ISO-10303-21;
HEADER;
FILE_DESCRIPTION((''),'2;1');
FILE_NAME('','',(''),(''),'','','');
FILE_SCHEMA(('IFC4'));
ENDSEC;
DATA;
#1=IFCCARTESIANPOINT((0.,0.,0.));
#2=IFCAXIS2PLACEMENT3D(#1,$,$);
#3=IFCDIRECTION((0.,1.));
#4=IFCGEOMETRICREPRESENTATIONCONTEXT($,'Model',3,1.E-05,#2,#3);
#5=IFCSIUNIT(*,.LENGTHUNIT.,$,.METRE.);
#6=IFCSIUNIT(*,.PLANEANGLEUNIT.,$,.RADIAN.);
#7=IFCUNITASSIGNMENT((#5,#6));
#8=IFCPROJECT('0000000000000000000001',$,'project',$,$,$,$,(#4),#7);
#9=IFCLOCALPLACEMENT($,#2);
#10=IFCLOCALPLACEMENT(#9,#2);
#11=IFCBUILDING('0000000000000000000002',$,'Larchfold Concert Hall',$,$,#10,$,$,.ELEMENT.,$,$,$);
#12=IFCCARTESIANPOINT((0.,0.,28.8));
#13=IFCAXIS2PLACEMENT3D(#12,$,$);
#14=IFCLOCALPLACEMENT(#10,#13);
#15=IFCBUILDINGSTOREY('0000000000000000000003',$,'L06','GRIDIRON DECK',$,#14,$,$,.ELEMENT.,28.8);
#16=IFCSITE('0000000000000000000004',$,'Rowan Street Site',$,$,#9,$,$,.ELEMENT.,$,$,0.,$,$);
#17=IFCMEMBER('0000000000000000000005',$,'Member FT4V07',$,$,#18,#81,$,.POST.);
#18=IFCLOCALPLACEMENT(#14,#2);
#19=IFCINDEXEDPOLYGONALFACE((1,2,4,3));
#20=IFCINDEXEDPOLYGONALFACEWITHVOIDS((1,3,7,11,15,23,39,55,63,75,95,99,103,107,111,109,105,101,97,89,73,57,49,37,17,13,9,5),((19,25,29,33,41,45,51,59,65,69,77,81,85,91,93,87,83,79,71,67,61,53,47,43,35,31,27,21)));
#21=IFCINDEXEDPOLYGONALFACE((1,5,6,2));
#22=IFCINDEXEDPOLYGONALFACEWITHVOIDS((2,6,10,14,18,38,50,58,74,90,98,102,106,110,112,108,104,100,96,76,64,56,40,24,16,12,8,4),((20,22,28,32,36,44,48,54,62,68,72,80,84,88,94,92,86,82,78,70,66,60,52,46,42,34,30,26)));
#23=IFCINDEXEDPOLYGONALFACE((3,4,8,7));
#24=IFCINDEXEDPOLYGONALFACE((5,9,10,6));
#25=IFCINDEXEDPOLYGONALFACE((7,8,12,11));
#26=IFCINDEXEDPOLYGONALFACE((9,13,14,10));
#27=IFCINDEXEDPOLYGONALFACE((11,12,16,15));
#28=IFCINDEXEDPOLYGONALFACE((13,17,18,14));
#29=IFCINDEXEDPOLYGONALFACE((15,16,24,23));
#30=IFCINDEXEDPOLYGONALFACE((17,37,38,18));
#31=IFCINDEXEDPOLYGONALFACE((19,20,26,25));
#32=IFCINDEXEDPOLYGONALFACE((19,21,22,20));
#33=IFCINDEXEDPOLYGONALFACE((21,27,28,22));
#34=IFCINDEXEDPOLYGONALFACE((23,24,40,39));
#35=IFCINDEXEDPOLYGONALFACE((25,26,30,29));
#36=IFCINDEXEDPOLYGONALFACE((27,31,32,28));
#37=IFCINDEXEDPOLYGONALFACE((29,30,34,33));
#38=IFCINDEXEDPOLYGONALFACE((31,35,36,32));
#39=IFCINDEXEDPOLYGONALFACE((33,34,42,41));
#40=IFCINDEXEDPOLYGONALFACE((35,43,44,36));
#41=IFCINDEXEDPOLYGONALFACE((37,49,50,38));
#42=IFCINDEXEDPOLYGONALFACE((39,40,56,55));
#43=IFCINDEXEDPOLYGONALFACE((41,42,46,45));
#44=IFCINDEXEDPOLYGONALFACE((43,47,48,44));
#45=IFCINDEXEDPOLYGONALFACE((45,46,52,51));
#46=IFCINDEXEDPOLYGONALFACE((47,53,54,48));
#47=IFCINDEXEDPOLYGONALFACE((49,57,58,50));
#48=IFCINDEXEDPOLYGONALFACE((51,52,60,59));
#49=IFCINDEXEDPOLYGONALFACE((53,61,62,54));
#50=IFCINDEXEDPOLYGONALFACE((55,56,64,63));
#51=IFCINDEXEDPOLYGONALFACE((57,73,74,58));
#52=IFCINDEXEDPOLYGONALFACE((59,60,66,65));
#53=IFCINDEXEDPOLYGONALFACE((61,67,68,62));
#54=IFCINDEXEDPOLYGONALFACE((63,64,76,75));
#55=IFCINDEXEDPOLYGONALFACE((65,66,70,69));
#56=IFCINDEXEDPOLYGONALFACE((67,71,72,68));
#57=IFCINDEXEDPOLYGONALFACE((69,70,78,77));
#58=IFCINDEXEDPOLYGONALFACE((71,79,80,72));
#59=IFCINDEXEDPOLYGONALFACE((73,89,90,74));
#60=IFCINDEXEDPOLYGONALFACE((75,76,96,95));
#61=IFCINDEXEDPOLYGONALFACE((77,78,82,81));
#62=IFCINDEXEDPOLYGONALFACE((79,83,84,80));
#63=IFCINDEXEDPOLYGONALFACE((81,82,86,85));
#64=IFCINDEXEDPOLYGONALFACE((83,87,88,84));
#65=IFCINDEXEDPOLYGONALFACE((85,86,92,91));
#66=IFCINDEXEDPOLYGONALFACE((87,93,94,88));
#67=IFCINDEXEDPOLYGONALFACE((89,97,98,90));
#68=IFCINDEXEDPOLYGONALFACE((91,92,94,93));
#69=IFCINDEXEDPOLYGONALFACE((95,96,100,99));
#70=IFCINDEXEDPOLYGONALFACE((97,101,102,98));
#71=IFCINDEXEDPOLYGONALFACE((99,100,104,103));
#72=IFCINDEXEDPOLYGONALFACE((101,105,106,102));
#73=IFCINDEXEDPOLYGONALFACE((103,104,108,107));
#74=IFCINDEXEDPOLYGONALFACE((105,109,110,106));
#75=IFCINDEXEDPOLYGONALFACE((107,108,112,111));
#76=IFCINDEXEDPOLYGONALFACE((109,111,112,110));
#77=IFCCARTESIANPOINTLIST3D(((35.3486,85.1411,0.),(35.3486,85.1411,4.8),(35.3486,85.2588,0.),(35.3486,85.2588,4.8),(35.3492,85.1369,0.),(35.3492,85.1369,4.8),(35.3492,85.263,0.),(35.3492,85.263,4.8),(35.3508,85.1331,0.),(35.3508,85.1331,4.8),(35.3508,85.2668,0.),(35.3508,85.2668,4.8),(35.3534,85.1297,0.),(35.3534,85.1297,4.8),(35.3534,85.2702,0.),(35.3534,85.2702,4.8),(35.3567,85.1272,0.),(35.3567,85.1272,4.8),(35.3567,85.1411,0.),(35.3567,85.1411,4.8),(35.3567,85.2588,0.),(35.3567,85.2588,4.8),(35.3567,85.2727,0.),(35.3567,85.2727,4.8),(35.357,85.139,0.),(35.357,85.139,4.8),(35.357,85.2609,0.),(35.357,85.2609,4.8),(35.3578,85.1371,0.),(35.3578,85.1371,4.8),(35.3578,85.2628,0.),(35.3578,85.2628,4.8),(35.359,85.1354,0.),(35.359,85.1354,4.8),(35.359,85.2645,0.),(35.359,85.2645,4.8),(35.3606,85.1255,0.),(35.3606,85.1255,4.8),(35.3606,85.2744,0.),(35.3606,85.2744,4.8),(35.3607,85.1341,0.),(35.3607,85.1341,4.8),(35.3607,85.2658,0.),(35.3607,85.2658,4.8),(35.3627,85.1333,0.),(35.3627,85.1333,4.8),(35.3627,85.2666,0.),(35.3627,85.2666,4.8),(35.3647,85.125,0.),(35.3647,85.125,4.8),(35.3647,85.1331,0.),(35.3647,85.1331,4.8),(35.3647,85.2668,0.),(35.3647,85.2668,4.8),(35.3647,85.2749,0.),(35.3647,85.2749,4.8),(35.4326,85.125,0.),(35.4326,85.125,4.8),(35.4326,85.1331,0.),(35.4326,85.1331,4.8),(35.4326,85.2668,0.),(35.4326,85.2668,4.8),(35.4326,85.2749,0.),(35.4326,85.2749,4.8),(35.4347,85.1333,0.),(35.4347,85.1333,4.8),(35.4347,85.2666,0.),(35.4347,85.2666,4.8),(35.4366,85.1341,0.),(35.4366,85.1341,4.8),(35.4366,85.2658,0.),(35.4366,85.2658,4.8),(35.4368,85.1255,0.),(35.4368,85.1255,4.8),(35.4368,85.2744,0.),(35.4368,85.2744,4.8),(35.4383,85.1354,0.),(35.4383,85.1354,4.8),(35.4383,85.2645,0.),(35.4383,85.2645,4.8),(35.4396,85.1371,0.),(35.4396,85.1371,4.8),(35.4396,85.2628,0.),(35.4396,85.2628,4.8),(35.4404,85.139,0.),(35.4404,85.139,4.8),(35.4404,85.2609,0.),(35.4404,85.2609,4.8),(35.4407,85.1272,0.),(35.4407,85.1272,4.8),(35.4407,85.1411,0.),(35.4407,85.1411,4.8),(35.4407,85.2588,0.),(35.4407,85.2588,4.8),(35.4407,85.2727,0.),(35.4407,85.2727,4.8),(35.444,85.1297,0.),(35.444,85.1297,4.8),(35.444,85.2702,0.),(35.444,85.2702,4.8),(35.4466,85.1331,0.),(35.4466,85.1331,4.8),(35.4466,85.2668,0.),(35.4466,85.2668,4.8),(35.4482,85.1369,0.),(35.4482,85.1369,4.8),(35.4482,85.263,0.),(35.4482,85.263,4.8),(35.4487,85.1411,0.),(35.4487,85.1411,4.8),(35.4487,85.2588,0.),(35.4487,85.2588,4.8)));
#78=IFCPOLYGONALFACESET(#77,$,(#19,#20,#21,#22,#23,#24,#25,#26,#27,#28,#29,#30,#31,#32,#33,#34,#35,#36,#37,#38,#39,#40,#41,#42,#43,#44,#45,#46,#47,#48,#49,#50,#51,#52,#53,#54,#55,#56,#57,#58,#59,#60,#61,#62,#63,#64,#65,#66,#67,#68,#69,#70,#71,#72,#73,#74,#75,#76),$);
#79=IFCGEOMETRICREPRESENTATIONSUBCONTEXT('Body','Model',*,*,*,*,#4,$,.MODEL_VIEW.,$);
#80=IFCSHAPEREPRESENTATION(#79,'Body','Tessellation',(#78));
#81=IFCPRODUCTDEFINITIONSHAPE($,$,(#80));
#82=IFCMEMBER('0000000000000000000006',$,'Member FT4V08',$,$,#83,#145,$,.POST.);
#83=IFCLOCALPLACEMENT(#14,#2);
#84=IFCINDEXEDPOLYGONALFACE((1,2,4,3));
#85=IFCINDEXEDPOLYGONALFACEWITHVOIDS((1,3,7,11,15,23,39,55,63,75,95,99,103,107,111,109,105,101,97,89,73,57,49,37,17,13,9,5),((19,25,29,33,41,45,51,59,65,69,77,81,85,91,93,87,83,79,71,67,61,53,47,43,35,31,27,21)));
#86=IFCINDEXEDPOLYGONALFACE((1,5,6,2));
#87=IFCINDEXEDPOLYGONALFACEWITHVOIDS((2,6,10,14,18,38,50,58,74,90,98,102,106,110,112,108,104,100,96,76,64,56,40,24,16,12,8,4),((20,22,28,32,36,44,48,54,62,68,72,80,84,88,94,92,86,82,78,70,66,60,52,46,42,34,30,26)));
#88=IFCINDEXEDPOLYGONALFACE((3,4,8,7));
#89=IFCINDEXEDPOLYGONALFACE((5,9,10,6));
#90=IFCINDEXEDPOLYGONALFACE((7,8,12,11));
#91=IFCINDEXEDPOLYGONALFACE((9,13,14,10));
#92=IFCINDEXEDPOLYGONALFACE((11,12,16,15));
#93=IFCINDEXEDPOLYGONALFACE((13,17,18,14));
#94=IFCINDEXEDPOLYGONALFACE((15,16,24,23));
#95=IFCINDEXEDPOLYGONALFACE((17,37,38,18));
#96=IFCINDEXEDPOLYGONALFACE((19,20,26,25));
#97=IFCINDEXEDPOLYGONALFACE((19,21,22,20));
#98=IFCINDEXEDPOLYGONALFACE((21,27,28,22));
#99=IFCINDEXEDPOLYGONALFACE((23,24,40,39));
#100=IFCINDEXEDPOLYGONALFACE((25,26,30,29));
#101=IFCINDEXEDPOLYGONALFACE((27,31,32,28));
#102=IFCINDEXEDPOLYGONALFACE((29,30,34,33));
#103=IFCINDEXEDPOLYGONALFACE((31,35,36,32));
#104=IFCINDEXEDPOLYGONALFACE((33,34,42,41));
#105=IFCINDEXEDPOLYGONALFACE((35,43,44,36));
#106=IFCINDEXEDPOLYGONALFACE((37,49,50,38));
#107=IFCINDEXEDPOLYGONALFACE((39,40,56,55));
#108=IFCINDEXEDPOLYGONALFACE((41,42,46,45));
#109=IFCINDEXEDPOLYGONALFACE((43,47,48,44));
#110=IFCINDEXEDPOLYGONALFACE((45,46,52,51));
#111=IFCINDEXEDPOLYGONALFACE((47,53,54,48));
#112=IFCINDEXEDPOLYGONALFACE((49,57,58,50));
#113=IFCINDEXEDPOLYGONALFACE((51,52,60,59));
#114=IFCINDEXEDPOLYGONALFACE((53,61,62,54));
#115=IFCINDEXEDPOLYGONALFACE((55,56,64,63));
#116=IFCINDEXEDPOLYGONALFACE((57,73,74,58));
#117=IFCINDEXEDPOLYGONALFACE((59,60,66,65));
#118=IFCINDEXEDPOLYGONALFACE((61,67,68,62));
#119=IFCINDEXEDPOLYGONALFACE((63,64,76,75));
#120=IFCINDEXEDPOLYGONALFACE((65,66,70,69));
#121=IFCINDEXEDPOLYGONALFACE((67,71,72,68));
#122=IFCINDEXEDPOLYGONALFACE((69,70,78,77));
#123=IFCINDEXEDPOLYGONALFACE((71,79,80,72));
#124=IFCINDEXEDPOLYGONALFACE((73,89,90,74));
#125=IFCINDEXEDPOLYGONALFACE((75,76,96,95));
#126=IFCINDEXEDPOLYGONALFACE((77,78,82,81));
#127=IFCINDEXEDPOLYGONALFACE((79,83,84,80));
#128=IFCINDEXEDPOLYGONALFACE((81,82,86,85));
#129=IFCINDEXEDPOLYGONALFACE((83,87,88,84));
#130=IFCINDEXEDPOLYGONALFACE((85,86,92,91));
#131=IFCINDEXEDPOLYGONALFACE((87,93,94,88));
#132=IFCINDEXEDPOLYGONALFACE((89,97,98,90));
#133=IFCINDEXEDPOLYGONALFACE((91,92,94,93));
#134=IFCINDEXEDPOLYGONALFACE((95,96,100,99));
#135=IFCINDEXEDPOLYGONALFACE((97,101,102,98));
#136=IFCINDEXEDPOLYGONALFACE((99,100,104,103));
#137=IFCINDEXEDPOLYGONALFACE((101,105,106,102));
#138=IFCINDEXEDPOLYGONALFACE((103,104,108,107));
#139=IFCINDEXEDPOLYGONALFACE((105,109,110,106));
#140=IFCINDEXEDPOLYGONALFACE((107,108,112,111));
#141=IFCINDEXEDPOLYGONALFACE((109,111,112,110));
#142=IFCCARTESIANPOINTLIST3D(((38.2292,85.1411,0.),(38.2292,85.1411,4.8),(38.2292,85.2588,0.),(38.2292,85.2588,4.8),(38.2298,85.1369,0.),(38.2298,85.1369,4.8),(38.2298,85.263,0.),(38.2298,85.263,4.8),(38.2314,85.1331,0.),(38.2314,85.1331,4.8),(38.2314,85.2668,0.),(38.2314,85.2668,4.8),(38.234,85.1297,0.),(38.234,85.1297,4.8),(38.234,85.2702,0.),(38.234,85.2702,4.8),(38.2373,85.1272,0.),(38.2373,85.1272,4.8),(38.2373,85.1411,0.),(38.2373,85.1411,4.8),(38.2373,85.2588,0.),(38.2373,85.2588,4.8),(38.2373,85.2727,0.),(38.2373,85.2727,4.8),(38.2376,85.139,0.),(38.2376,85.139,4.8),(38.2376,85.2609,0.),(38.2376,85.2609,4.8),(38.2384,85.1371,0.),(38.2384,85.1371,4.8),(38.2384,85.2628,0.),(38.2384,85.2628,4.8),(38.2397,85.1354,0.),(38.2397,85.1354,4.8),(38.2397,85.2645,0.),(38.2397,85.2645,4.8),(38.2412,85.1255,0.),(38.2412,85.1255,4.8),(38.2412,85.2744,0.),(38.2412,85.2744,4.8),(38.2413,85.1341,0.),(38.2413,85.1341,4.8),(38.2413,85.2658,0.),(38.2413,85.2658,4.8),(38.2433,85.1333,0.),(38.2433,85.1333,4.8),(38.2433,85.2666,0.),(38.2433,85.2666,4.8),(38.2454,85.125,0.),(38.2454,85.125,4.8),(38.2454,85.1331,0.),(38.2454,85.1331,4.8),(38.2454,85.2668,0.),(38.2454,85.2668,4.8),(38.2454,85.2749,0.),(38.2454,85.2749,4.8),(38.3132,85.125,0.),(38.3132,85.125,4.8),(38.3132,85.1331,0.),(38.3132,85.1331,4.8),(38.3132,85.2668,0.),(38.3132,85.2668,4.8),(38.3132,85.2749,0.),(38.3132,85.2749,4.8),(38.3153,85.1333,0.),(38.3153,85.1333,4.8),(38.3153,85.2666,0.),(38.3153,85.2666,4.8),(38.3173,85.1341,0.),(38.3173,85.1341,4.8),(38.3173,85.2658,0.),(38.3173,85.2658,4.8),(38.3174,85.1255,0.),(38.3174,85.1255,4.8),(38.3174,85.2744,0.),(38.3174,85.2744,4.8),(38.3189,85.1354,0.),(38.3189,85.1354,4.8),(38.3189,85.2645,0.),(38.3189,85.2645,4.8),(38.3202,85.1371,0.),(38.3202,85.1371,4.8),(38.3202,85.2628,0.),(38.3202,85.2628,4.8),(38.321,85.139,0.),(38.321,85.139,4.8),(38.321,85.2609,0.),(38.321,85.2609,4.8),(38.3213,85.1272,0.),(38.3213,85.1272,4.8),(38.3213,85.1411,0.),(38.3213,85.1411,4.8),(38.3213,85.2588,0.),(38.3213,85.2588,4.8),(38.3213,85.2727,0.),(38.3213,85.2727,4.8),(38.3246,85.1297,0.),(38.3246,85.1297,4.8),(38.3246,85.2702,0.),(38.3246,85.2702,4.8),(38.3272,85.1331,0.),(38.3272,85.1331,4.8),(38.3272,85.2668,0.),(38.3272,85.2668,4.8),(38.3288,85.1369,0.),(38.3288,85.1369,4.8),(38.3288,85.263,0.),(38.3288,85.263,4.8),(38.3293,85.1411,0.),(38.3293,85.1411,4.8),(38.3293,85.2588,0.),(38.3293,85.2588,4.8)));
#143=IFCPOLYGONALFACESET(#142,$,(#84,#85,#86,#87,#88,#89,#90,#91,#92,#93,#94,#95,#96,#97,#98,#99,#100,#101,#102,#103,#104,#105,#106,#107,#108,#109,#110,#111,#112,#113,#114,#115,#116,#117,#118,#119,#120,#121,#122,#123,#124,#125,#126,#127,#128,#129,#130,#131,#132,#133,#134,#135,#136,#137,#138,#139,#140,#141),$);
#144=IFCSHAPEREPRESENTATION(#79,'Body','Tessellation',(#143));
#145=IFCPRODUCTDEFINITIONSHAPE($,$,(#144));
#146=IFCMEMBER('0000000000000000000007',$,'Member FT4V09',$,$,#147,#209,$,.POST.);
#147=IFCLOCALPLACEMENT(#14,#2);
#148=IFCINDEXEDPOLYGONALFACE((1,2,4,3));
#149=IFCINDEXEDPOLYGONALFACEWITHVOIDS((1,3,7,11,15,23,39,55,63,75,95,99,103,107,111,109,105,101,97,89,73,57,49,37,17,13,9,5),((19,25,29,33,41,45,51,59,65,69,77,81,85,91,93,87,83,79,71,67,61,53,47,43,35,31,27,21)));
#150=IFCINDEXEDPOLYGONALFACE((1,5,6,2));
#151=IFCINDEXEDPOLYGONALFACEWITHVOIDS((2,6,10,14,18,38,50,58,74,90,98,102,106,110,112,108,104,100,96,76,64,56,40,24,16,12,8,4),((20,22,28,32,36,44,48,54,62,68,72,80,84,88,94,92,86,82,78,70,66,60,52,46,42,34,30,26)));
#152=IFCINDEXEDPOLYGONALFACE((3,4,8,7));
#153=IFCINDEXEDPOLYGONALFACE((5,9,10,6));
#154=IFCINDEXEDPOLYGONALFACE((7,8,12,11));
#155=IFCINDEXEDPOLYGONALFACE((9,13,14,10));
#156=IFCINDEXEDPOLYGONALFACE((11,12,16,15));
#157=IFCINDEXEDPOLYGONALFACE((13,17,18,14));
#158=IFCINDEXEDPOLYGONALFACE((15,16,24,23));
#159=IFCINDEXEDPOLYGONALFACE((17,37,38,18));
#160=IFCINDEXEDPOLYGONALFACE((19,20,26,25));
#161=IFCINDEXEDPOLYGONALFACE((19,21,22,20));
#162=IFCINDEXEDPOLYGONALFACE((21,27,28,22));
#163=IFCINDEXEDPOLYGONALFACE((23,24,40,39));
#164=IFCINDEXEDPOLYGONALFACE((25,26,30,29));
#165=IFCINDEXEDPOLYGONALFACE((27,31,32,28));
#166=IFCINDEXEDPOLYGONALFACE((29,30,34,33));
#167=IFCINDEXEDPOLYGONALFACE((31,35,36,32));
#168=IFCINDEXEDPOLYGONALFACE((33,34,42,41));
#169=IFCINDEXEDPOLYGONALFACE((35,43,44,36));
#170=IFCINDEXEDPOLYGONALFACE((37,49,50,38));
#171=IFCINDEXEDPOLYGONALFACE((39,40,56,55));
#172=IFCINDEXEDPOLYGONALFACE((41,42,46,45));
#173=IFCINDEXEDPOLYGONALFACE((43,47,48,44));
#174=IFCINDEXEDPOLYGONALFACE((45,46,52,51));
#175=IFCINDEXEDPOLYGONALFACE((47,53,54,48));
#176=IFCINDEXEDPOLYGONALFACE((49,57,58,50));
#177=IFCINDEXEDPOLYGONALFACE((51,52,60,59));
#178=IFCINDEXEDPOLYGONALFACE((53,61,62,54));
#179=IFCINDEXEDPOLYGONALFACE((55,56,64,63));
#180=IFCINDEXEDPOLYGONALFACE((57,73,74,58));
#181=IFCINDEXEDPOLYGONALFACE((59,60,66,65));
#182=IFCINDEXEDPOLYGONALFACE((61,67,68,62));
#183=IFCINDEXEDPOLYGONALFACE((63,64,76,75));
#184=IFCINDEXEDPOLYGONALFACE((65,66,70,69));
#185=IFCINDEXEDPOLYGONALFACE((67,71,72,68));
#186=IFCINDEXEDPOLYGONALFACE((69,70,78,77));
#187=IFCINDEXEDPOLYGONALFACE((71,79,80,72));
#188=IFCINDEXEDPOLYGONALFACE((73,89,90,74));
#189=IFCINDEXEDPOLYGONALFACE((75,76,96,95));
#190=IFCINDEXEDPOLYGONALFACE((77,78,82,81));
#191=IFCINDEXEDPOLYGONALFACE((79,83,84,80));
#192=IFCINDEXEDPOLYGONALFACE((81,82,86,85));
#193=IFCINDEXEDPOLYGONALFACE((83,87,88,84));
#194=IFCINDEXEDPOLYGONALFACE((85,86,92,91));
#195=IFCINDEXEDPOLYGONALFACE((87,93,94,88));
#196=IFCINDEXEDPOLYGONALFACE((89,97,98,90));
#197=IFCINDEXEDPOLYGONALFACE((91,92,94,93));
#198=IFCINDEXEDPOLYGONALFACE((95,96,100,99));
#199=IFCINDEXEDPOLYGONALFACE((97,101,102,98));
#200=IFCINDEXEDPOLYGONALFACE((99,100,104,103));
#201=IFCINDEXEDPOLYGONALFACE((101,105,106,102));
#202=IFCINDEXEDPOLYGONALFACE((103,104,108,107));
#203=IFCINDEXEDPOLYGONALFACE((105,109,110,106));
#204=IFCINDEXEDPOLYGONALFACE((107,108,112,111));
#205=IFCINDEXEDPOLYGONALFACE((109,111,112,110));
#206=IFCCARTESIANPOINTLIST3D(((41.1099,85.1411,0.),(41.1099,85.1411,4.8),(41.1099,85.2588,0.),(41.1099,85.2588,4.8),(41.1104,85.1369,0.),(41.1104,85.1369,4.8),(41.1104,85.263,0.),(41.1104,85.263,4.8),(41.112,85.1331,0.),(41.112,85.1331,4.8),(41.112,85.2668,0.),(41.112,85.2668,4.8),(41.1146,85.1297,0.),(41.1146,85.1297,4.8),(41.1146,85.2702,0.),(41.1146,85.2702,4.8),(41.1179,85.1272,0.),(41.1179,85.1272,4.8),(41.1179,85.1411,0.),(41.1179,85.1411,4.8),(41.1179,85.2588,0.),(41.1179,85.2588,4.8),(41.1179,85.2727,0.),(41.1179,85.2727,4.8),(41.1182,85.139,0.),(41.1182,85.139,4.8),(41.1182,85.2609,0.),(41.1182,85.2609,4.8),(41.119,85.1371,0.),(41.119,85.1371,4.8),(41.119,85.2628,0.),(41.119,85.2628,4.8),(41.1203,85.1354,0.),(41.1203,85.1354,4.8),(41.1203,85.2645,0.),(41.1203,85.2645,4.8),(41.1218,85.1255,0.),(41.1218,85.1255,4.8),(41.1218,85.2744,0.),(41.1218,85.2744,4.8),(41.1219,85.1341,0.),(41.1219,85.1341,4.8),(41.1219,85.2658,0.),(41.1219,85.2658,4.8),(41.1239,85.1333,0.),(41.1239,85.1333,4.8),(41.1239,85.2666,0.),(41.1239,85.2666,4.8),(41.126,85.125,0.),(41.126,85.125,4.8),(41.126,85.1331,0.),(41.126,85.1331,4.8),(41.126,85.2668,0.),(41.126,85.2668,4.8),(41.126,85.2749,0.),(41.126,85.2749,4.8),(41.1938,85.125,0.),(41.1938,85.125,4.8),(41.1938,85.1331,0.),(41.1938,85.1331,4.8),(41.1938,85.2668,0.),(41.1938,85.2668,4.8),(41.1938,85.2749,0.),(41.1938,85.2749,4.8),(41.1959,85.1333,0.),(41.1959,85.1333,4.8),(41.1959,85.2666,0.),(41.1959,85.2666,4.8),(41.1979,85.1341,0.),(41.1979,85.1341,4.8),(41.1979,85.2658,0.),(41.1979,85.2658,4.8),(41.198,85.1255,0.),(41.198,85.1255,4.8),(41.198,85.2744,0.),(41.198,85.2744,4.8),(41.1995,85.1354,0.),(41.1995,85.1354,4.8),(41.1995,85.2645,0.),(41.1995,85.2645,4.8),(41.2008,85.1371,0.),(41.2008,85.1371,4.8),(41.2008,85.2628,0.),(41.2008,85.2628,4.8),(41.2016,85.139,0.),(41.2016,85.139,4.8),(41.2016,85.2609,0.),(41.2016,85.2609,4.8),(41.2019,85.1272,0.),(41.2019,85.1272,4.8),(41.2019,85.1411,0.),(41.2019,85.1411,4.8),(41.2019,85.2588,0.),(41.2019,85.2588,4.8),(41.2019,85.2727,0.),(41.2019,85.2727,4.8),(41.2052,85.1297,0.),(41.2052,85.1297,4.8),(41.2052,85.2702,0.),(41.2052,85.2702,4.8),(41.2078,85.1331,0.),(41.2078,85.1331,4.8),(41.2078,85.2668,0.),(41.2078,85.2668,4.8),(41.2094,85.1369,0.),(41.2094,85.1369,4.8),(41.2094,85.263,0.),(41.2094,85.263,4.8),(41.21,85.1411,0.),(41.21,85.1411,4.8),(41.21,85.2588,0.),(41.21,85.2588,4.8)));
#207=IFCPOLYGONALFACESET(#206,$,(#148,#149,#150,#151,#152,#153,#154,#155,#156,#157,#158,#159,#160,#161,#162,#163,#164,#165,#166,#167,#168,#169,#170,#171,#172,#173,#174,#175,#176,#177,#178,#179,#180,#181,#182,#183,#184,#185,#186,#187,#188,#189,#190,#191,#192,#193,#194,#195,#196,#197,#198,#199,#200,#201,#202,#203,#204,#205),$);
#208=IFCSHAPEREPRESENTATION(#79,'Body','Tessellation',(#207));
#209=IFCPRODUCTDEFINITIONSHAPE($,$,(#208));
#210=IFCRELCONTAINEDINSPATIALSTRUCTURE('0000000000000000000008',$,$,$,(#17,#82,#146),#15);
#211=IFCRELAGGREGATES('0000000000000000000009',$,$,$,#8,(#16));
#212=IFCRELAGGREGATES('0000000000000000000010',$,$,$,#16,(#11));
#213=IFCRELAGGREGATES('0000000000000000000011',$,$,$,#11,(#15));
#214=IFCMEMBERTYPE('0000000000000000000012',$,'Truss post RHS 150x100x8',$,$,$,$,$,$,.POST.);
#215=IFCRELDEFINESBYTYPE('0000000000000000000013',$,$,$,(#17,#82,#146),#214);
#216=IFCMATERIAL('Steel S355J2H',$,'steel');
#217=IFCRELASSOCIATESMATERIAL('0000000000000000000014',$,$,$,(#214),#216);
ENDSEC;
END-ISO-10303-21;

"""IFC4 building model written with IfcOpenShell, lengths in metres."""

from ifc_helpers import new_model, si_unit, direction, frame, origin, origin_2d, place, context, subcontext, project, spatial, hollow_rectangle, extrude, material, material_profile, profile_set, type_object, element, save


model = new_model("IFC4")

# Units and contexts
model_context = context("Model", 3, precision=1e-05, world=origin(), true_north=direction((0.0, 1.0)))
body_context = subcontext(model_context, "Body", "Model", "MODEL_VIEW")
ifc_project = project(units=[si_unit("LENGTHUNIT", "METRE"), si_unit("PLANEANGLEUNIT", "RADIAN")], contexts=[model_context])

# Site, building, storey
site_placement = place(None, origin())
site = spatial("IfcSite", under=ifc_project, at=site_placement, Name="Rowan Street Site", CompositionType="ELEMENT", RefElevation=0.0)
building_placement = place(site_placement, origin())
building = spatial("IfcBuilding", under=site, at=building_placement, Name="Larchfold Concert Hall", CompositionType="ELEMENT")
storey_placement = place(building_placement, frame((0.0, 0.0, 28.8)))
storey = spatial("IfcBuildingStorey", under=building, at=storey_placement, Name="L06", Description="GRIDIRON DECK", CompositionType="ELEMENT", Elevation=28.8)

# Members
ifc_material_1 = material(Name="Steel S355J2H", Category="steel")
ifc_material_profile_1 = material_profile(ifc_material_1, hollow_rectangle(XDim=0.1001, YDim=0.1499, WallThickness=0.0081, InnerFilletRadius=0.0081, OuterFilletRadius=0.0161, at=origin_2d()))
ifc_profile_set_1 = profile_set([ifc_material_profile_1], Name="Steel S355J2H")
member_type_1 = type_object("IfcMemberType", Name="Truss post RHS 150x100x8", PredefinedType="POST", material=ifc_profile_set_1)
for number, where, z_axis, x_axis, name in (
    (1, (35.3987, 85.2, 4.8), (0.0, 0.0, -1.0), (1.0, 0.0, 0.0), "Member FT4V07"),
    (2, (38.2793, 85.2, 4.8), (0.0, 0.0, -1.0), (1.0, 0.0, 0.0), "Member FT4V08"),
    (3, (41.1599, 85.2, 4.8), (0.0, 0.0, -1.0), (1.0, 0.0, 0.0), "Member FT4V09"),
):
    element("IfcMember", number, at=place(storey_placement, frame(where, z_axis=z_axis, x_axis=x_axis)), inside=storey, type_object=member_type_1, Name=name, PredefinedType="POST", context=body_context, shape_type="SweptSolid", body=[
        extrude(hollow_rectangle(XDim=0.1001, YDim=0.1499, WallThickness=0.0081, InnerFilletRadius=0.0081, OuterFilletRadius=0.0161, at=origin_2d()), origin(), (0.0, 0.0, 1.0), 4.8),
    ])

save(model, "model.ifc")
